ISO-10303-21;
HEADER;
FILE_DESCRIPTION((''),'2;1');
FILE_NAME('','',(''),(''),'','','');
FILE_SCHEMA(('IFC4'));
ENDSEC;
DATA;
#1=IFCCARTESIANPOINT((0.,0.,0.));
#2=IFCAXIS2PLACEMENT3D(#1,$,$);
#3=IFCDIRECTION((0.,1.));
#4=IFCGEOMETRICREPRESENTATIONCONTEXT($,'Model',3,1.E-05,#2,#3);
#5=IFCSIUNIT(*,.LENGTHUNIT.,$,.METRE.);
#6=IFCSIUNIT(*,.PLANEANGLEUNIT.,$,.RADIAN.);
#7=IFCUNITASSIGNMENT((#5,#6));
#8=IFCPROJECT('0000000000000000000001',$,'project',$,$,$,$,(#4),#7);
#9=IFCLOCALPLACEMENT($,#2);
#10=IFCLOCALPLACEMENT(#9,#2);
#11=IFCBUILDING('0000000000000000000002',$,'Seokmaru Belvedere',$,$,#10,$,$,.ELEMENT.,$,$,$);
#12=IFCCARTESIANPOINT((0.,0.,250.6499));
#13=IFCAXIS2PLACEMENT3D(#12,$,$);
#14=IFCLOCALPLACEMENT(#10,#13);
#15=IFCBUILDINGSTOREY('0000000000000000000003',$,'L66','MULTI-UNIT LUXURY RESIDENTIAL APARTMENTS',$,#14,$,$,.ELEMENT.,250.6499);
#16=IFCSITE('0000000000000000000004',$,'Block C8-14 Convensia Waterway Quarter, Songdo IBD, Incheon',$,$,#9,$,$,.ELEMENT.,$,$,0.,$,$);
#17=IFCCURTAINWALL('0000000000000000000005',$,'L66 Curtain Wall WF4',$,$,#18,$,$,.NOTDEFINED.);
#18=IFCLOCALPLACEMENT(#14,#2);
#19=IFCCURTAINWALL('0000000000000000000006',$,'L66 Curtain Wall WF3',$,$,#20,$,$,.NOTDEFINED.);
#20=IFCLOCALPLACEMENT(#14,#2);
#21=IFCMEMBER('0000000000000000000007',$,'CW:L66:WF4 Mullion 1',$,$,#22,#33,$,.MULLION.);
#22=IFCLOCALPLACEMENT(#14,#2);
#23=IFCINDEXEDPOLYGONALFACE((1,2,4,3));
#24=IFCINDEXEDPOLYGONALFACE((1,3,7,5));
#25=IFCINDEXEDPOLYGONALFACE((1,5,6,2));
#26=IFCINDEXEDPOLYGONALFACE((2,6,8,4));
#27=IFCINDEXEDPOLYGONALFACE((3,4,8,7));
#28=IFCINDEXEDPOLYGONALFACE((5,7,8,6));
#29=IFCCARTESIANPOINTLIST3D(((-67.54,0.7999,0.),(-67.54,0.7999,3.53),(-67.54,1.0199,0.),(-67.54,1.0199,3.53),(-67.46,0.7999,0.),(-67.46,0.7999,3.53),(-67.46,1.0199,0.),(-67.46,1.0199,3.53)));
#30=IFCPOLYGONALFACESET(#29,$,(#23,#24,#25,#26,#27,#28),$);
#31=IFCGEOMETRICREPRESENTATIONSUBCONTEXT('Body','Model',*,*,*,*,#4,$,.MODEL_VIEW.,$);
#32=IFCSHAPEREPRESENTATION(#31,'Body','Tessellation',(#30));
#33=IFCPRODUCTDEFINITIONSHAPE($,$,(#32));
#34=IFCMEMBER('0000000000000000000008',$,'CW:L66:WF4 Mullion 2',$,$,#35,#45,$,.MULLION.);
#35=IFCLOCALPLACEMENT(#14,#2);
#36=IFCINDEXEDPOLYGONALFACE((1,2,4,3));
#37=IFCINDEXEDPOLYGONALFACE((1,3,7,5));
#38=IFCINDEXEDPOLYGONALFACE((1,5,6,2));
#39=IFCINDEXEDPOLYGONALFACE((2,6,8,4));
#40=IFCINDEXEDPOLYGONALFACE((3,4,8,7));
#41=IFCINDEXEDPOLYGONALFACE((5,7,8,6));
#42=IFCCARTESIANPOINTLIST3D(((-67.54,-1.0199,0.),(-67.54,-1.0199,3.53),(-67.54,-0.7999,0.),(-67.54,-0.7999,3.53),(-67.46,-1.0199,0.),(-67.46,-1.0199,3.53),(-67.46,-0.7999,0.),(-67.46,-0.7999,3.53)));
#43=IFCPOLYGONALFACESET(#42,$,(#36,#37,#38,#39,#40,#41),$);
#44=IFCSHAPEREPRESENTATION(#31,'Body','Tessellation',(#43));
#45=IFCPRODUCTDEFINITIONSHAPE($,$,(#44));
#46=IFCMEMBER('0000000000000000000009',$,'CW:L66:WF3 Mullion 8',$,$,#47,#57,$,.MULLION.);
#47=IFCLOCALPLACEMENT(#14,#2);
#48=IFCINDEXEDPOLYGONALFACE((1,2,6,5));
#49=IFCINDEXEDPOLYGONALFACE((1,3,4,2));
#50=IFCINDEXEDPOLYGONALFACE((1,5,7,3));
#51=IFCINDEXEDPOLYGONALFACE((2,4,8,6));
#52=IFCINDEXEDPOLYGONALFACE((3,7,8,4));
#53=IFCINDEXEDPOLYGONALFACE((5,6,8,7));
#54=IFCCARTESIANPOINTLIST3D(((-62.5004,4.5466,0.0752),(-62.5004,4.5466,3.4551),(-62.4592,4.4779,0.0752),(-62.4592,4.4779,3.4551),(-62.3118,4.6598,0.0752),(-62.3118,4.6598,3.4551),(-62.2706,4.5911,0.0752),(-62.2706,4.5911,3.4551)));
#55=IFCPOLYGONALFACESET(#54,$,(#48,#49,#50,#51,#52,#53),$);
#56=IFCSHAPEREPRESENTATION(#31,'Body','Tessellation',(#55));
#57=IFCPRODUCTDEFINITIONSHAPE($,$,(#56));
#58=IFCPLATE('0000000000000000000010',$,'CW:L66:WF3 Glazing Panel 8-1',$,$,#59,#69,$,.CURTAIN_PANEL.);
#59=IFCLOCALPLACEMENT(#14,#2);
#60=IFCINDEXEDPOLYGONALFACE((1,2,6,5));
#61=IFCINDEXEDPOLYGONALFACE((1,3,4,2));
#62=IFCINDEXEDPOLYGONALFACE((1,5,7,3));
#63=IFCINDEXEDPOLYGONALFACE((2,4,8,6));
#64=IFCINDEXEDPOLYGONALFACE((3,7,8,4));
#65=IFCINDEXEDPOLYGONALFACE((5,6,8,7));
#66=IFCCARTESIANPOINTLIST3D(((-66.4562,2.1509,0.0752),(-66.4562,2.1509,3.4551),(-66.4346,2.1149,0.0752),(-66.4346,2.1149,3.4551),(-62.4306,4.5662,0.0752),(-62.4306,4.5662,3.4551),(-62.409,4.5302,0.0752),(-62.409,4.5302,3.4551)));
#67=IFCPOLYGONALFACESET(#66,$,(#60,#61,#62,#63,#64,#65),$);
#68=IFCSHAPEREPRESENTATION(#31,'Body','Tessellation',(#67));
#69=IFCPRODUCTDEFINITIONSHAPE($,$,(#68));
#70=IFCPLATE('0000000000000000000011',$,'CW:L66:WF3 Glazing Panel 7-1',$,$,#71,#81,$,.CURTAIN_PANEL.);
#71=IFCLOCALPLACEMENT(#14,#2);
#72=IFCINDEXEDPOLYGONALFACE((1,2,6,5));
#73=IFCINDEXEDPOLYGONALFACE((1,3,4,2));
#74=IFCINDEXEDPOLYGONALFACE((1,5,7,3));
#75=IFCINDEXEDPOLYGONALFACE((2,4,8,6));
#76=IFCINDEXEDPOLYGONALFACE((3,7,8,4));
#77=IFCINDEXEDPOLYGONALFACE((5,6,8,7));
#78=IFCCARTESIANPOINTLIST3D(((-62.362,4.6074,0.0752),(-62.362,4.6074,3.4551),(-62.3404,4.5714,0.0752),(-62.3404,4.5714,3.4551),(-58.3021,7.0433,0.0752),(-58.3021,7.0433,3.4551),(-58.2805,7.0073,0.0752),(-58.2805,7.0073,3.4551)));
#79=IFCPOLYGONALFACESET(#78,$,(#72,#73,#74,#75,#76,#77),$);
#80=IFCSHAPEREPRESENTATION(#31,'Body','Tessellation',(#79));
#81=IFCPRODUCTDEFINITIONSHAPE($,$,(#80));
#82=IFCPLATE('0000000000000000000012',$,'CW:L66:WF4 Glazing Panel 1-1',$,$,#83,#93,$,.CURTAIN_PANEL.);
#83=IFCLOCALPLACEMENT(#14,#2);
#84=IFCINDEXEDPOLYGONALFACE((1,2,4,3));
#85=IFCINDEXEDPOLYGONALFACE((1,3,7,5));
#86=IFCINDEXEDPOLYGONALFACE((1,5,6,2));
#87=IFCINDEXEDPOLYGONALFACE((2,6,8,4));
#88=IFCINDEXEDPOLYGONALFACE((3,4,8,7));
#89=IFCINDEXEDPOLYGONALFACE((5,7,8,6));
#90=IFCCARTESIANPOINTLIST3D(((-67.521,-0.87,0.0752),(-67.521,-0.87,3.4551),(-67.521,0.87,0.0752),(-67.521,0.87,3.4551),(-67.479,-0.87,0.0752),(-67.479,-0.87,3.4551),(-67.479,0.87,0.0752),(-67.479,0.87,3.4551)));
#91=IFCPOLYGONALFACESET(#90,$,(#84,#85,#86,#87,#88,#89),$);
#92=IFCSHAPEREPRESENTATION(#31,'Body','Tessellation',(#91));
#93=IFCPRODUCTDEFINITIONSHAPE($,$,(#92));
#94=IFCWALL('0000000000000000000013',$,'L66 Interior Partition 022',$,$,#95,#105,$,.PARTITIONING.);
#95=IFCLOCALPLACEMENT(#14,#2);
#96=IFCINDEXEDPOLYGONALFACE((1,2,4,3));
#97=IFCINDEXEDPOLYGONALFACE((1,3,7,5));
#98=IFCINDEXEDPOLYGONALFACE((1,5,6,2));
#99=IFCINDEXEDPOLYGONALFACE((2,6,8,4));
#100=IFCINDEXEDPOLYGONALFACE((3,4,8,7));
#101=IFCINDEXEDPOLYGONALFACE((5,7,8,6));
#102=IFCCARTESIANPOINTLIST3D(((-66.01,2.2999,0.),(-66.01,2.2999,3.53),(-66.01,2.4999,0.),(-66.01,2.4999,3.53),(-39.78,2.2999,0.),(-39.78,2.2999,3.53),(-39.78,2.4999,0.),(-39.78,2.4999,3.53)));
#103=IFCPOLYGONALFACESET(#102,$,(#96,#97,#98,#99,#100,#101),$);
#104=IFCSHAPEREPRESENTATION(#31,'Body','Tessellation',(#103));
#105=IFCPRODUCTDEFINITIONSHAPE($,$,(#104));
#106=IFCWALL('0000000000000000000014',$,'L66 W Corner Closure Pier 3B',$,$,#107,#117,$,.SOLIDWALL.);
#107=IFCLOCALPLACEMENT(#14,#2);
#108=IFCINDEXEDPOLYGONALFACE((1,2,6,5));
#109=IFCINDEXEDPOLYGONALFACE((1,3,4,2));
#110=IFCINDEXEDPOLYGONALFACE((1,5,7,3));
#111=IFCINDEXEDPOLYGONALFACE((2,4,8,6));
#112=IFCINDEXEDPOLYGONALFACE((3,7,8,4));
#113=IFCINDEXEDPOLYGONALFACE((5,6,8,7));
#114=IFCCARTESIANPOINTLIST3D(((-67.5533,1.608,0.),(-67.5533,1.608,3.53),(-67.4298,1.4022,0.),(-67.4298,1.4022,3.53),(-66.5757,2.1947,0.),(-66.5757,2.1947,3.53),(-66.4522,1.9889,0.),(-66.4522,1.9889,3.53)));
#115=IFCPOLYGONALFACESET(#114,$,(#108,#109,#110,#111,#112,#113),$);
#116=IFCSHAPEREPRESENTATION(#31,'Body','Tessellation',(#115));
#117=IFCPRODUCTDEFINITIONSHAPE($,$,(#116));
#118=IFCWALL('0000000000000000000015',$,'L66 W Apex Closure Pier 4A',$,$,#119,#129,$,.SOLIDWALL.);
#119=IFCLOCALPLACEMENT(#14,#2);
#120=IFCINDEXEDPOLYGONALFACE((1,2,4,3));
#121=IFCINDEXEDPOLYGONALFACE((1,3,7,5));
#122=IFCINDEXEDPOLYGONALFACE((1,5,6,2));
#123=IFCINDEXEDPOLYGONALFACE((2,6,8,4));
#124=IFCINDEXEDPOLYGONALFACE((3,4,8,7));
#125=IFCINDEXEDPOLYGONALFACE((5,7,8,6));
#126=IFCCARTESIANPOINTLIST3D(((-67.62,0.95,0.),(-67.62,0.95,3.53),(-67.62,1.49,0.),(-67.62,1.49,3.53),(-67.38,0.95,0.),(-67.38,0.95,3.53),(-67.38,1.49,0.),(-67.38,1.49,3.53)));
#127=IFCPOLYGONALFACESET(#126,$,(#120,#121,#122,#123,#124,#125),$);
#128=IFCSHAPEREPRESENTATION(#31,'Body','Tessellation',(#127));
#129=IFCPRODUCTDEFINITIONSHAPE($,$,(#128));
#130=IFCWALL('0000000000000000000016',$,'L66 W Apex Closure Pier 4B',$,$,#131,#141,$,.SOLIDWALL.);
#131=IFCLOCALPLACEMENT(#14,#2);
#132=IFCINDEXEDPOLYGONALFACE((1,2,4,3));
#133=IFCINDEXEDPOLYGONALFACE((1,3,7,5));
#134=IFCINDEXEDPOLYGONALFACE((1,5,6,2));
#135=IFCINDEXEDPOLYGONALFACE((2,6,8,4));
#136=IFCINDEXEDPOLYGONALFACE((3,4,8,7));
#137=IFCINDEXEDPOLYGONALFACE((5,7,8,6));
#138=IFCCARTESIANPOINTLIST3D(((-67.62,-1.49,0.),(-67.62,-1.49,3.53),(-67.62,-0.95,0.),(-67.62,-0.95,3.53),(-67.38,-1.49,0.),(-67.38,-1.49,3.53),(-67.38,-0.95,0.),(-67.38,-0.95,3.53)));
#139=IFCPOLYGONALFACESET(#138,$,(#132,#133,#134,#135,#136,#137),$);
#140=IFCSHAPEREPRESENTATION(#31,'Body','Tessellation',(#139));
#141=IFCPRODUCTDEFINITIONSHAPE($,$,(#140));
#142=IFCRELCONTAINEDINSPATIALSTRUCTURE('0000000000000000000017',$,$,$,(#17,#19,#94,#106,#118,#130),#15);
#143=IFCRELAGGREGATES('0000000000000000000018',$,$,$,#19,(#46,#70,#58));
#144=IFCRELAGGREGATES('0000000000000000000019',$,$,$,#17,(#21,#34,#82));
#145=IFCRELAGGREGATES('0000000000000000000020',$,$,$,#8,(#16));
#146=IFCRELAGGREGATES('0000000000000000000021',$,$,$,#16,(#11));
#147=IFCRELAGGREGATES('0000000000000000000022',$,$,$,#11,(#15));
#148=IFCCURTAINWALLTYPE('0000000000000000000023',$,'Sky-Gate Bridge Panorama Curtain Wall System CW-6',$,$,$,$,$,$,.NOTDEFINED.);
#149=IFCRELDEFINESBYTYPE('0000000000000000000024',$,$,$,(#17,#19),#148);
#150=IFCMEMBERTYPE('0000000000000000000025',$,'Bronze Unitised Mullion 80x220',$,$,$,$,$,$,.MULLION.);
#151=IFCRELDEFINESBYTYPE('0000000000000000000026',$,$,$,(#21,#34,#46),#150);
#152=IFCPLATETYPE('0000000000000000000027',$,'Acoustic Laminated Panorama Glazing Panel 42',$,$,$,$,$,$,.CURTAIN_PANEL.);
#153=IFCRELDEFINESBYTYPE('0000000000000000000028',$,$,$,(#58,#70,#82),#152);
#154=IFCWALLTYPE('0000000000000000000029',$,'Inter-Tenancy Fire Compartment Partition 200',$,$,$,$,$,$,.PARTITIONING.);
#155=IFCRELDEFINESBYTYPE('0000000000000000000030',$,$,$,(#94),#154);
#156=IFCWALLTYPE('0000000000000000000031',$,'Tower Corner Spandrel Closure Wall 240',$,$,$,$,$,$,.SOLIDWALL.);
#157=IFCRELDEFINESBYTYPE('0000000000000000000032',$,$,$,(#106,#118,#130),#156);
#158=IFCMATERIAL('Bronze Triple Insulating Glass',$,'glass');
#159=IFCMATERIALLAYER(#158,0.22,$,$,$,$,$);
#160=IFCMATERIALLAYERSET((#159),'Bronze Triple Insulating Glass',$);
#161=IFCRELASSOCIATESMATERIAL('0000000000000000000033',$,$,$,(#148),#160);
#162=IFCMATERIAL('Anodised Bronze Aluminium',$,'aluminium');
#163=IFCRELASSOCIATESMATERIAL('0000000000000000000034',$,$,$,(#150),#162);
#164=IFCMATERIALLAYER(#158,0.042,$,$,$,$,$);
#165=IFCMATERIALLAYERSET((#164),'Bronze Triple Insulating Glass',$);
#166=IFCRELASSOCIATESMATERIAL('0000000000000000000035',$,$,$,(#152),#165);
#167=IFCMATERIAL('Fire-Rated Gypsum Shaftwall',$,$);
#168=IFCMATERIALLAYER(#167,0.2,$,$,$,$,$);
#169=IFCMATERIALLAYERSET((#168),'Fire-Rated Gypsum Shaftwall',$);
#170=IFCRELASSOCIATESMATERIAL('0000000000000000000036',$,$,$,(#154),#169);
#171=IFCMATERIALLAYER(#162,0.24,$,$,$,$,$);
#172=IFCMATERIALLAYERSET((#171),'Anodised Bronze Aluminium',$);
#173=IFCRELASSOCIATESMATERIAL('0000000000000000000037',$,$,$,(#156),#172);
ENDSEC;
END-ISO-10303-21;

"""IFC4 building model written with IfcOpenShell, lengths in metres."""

from ifc_helpers import new_model, si_unit, direction, frame, frame_2d, origin, origin_2d, place, context, subcontext, project, spatial, rectangle, extrude, source, transform, mapped, material, layer, layer_set, material_profile, profile_set, type_object, type_shapes, element, aggregate, save


model = new_model("IFC4")

# Units and contexts
model_context = context("Model", 3, precision=1e-05, world=origin(), true_north=direction((0.0, 1.0)))
body_context = subcontext(model_context, "Body", "Model", "MODEL_VIEW")
ifc_project = project(units=[si_unit("LENGTHUNIT", "METRE"), si_unit("PLANEANGLEUNIT", "RADIAN")], contexts=[model_context])

# Site, building, storey
site_placement = place(None, origin())
site = spatial("IfcSite", under=ifc_project, at=site_placement, Name="Block C8-14 Convensia Waterway Quarter, Songdo IBD, Incheon", CompositionType="ELEMENT", RefElevation=0.0)
building_placement = place(site_placement, origin())
building = spatial("IfcBuilding", under=site, at=building_placement, Name="Seokmaru Belvedere", CompositionType="ELEMENT")
storey_placement = place(building_placement, frame((0.0, 0.0, 250.6499)))
storey = spatial("IfcBuildingStorey", under=building, at=storey_placement, Name="L66", Description="MULTI-UNIT LUXURY RESIDENTIAL APARTMENTS", CompositionType="ELEMENT", Elevation=250.6499)

# Curtain wall
ifc_material_1 = material(Name="Bronze Triple Insulating Glass", Category="glass")
ifc_layer_1 = layer(ifc_material_1, 0.22)
ifc_layer_set_1 = layer_set([ifc_layer_1], Name="Bronze Triple Insulating Glass")
curtain_wall_type = type_object("IfcCurtainWallType", Name="Sky-Gate Bridge Panorama Curtain Wall System CW-6", PredefinedType="NOTDEFINED", material=ifc_layer_set_1)
curtain_wall_1_placement = place(storey_placement, origin())
curtain_wall_1 = element("IfcCurtainWall", 1, at=curtain_wall_1_placement, inside=storey, type_object=curtain_wall_type, Name="L66 Curtain Wall WF4", PredefinedType="NOTDEFINED")
ifc_material_2 = material(Name="Anodised Bronze Aluminium", Category="aluminium")

# Curtain wall
curtain_wall_2_placement = place(storey_placement, origin())
curtain_wall_2 = element("IfcCurtainWall", 2, at=curtain_wall_2_placement, inside=storey, type_object=curtain_wall_type, Name="L66 Curtain Wall WF3", PredefinedType="NOTDEFINED")
ifc_material_profile_1 = material_profile(ifc_material_2, rectangle(XDim=0.0801, YDim=0.22, at=origin_2d()), Name="CW-M-80x220")
ifc_profile_set_1 = profile_set([ifc_material_profile_1], Name="Anodised Bronze Aluminium")
member_type_1 = type_object("IfcMemberType", Name="Bronze Unitised Mullion 80x220", PredefinedType="MULLION", material=ifc_profile_set_1)
shared_shape_1 = source(origin(), body_context, "Body", "SweptSolid", [
    extrude(rectangle(XDim=0.0801, YDim=0.22, at=origin_2d()), origin(), (0.0, 0.0, 1.0), 3.53),
])

# Members
member_1_placement = place(storey_placement, frame((-67.5, 0.9099, 0.0), z_axis=(0.0, 0.0, 1.0), x_axis=(1.0, 0.0, 0.0)))
member_1 = element("IfcMember", 3, at=member_1_placement, type_object=member_type_1, Name="CW:L66:WF4 Mullion 1", PredefinedType="MULLION", context=body_context, shape_type="MappedRepresentation", body=[
    mapped(shared_shape_1, transform((0.0, 0.0, 0.0), scale=1.0)),
])
member_2_placement = place(storey_placement, frame((-67.5, -0.9099, 0.0), z_axis=(0.0, 0.0, 1.0), x_axis=(1.0, 0.0, 0.0)))
member_2 = element("IfcMember", 4, at=member_2_placement, type_object=member_type_1, Name="CW:L66:WF4 Mullion 2", PredefinedType="MULLION", context=body_context, shape_type="MappedRepresentation", body=[
    mapped(shared_shape_1, transform((0.0, 0.0, 0.0), scale=1.0)),
])
shared_shape_2 = source(origin(), body_context, "Body", "SweptSolid", [
    extrude(rectangle(XDim=0.0801, YDim=0.22, at=origin_2d()), origin(), (0.0, 0.0, 1.0), 3.3799),
])
type_shapes(member_type_1, [shared_shape_1, shared_shape_2])
member_3_placement = place(storey_placement, frame((-62.3855, 4.5688, 0.0752), z_axis=(0.0, 0.0, 1.0), x_axis=(0.514495, -0.857493, 0.0)))
member_3 = element("IfcMember", 5, at=member_3_placement, type_object=member_type_1, Name="CW:L66:WF3 Mullion 8", PredefinedType="MULLION", context=body_context, shape_type="MappedRepresentation", body=[
    mapped(shared_shape_2, transform((0.0, 0.0, 0.0), scale=1.0)),
])

# Plates
ifc_layer_2 = layer(ifc_material_1, 0.042)
ifc_layer_set_2 = layer_set([ifc_layer_2], Name="Bronze Triple Insulating Glass")
plate_type = type_object("IfcPlateType", Name="Acoustic Laminated Panorama Glazing Panel 42", PredefinedType="CURTAIN_PANEL", material=ifc_layer_set_2)
shared_shape_3 = source(origin(), body_context, "Body", "SweptSolid", [
    extrude(rectangle(XDim=4.6946, YDim=0.042, at=origin_2d()), origin(), (0.0, 0.0, 1.0), 3.3799),
])
plate_1_placement = place(storey_placement, frame((-64.4326, 3.3406, 0.0752), z_axis=(0.0, 0.0, 1.0), x_axis=(-0.857493, -0.514495, 0.0)))
plate_1 = element("IfcPlate", 6, at=plate_1_placement, type_object=plate_type, Name="CW:L66:WF3 Glazing Panel 8-1", PredefinedType="CURTAIN_PANEL", context=body_context, shape_type="MappedRepresentation", body=[
    mapped(shared_shape_3, transform((0.0, 0.0, 0.0), scale=1.0)),
])
shared_shape_4 = source(origin(), body_context, "Body", "SweptSolid", [
    extrude(rectangle(XDim=4.7346, YDim=0.042, at=origin_2d()), origin(), (0.0, 0.0, 1.0), 3.3799),
])
plate_2_placement = place(storey_placement, frame((-60.3213, 5.8074, 0.0752), z_axis=(0.0, 0.0, 1.0), x_axis=(-0.857493, -0.514495, 0.0)))
plate_2 = element("IfcPlate", 7, at=plate_2_placement, type_object=plate_type, Name="CW:L66:WF3 Glazing Panel 7-1", PredefinedType="CURTAIN_PANEL", context=body_context, shape_type="MappedRepresentation", body=[
    mapped(shared_shape_4, transform((0.0, 0.0, 0.0), scale=1.0)),
])
aggregate(curtain_wall_2, [member_3, plate_2, plate_1])
shared_shape_5 = source(origin(), body_context, "Body", "SweptSolid", [
    extrude(rectangle(XDim=1.74, YDim=0.042, at=origin_2d()), origin(), (0.0, 0.0, 1.0), 3.3799),
])
type_shapes(plate_type, [shared_shape_3, shared_shape_4, shared_shape_5])
plate_3_placement = place(storey_placement, frame((-67.5, 0.0, 0.0752), z_axis=(0.0, 0.0, 1.0), x_axis=(0.0, -1.0, 0.0)))
plate_3 = element("IfcPlate", 8, at=plate_3_placement, type_object=plate_type, Name="CW:L66:WF4 Glazing Panel 1-1", PredefinedType="CURTAIN_PANEL", context=body_context, shape_type="MappedRepresentation", body=[
    mapped(shared_shape_5, transform((0.0, 0.0, 0.0), scale=1.0)),
])
aggregate(curtain_wall_1, [member_1, member_2, plate_3])

# Walls
ifc_material_3 = material(Name="Fire-Rated Gypsum Shaftwall")
ifc_layer_3 = layer(ifc_material_3, 0.2)
ifc_layer_set_3 = layer_set([ifc_layer_3], Name="Fire-Rated Gypsum Shaftwall")
wall_type_1 = type_object("IfcWallType", Name="Inter-Tenancy Fire Compartment Partition 200", PredefinedType="PARTITIONING", material=ifc_layer_set_3)
wall_1_placement = place(storey_placement, frame((-66.01, 2.3999, 0.0), z_axis=(0.0, 0.0, 1.0), x_axis=(1.0, 0.0, 0.0)))
element("IfcWall", 9, at=wall_1_placement, inside=storey, type_object=wall_type_1, Name="L66 Interior Partition 022", PredefinedType="PARTITIONING", context=body_context, shape_type="SweptSolid", body=[
    extrude(rectangle(XDim=26.23, YDim=0.2, at=frame_2d((13.115, 0.0))), origin(), (0.0, 0.0, 1.0), 3.53),
])
ifc_layer_4 = layer(ifc_material_2, 0.24)
ifc_layer_set_4 = layer_set([ifc_layer_4], Name="Anodised Bronze Aluminium")
wall_type_2 = type_object("IfcWallType", Name="Tower Corner Spandrel Closure Wall 240", PredefinedType="SOLIDWALL", material=ifc_layer_set_4)
wall_2_placement = place(storey_placement, frame((-66.5139, 2.0918, 0.0), z_axis=(0.0, 0.0, 1.0), x_axis=(-0.857436, -0.51459, 0.0)))
element("IfcWall", 10, at=wall_2_placement, inside=storey, type_object=wall_type_2, Name="L66 W Corner Closure Pier 3B", PredefinedType="SOLIDWALL", context=body_context, shape_type="SweptSolid", body=[
    extrude(rectangle(XDim=1.1401, YDim=0.24, at=frame_2d((0.5701, 0.0))), origin(), (0.0, 0.0, 1.0), 3.53),
])
for number, where, z_axis, x_axis, name in (
    (11, (-67.5, 1.49, 0.0), (0.0, 0.0, 1.0), (0.0, -1.0, 0.0), "L66 W Apex Closure Pier 4A"),
    (12, (-67.5, -0.95, 0.0), (0.0, 0.0, 1.0), (0.0, -1.0, 0.0), "L66 W Apex Closure Pier 4B"),
):
    element("IfcWall", number, at=place(storey_placement, frame(where, z_axis=z_axis, x_axis=x_axis)), inside=storey, type_object=wall_type_2, Name=name, PredefinedType="SOLIDWALL", context=body_context, shape_type="SweptSolid", body=[
        extrude(rectangle(XDim=0.54, YDim=0.24, at=frame_2d((0.27, 0.0))), origin(), (0.0, 0.0, 1.0), 3.53),
    ])

save(model, "model.ifc")
